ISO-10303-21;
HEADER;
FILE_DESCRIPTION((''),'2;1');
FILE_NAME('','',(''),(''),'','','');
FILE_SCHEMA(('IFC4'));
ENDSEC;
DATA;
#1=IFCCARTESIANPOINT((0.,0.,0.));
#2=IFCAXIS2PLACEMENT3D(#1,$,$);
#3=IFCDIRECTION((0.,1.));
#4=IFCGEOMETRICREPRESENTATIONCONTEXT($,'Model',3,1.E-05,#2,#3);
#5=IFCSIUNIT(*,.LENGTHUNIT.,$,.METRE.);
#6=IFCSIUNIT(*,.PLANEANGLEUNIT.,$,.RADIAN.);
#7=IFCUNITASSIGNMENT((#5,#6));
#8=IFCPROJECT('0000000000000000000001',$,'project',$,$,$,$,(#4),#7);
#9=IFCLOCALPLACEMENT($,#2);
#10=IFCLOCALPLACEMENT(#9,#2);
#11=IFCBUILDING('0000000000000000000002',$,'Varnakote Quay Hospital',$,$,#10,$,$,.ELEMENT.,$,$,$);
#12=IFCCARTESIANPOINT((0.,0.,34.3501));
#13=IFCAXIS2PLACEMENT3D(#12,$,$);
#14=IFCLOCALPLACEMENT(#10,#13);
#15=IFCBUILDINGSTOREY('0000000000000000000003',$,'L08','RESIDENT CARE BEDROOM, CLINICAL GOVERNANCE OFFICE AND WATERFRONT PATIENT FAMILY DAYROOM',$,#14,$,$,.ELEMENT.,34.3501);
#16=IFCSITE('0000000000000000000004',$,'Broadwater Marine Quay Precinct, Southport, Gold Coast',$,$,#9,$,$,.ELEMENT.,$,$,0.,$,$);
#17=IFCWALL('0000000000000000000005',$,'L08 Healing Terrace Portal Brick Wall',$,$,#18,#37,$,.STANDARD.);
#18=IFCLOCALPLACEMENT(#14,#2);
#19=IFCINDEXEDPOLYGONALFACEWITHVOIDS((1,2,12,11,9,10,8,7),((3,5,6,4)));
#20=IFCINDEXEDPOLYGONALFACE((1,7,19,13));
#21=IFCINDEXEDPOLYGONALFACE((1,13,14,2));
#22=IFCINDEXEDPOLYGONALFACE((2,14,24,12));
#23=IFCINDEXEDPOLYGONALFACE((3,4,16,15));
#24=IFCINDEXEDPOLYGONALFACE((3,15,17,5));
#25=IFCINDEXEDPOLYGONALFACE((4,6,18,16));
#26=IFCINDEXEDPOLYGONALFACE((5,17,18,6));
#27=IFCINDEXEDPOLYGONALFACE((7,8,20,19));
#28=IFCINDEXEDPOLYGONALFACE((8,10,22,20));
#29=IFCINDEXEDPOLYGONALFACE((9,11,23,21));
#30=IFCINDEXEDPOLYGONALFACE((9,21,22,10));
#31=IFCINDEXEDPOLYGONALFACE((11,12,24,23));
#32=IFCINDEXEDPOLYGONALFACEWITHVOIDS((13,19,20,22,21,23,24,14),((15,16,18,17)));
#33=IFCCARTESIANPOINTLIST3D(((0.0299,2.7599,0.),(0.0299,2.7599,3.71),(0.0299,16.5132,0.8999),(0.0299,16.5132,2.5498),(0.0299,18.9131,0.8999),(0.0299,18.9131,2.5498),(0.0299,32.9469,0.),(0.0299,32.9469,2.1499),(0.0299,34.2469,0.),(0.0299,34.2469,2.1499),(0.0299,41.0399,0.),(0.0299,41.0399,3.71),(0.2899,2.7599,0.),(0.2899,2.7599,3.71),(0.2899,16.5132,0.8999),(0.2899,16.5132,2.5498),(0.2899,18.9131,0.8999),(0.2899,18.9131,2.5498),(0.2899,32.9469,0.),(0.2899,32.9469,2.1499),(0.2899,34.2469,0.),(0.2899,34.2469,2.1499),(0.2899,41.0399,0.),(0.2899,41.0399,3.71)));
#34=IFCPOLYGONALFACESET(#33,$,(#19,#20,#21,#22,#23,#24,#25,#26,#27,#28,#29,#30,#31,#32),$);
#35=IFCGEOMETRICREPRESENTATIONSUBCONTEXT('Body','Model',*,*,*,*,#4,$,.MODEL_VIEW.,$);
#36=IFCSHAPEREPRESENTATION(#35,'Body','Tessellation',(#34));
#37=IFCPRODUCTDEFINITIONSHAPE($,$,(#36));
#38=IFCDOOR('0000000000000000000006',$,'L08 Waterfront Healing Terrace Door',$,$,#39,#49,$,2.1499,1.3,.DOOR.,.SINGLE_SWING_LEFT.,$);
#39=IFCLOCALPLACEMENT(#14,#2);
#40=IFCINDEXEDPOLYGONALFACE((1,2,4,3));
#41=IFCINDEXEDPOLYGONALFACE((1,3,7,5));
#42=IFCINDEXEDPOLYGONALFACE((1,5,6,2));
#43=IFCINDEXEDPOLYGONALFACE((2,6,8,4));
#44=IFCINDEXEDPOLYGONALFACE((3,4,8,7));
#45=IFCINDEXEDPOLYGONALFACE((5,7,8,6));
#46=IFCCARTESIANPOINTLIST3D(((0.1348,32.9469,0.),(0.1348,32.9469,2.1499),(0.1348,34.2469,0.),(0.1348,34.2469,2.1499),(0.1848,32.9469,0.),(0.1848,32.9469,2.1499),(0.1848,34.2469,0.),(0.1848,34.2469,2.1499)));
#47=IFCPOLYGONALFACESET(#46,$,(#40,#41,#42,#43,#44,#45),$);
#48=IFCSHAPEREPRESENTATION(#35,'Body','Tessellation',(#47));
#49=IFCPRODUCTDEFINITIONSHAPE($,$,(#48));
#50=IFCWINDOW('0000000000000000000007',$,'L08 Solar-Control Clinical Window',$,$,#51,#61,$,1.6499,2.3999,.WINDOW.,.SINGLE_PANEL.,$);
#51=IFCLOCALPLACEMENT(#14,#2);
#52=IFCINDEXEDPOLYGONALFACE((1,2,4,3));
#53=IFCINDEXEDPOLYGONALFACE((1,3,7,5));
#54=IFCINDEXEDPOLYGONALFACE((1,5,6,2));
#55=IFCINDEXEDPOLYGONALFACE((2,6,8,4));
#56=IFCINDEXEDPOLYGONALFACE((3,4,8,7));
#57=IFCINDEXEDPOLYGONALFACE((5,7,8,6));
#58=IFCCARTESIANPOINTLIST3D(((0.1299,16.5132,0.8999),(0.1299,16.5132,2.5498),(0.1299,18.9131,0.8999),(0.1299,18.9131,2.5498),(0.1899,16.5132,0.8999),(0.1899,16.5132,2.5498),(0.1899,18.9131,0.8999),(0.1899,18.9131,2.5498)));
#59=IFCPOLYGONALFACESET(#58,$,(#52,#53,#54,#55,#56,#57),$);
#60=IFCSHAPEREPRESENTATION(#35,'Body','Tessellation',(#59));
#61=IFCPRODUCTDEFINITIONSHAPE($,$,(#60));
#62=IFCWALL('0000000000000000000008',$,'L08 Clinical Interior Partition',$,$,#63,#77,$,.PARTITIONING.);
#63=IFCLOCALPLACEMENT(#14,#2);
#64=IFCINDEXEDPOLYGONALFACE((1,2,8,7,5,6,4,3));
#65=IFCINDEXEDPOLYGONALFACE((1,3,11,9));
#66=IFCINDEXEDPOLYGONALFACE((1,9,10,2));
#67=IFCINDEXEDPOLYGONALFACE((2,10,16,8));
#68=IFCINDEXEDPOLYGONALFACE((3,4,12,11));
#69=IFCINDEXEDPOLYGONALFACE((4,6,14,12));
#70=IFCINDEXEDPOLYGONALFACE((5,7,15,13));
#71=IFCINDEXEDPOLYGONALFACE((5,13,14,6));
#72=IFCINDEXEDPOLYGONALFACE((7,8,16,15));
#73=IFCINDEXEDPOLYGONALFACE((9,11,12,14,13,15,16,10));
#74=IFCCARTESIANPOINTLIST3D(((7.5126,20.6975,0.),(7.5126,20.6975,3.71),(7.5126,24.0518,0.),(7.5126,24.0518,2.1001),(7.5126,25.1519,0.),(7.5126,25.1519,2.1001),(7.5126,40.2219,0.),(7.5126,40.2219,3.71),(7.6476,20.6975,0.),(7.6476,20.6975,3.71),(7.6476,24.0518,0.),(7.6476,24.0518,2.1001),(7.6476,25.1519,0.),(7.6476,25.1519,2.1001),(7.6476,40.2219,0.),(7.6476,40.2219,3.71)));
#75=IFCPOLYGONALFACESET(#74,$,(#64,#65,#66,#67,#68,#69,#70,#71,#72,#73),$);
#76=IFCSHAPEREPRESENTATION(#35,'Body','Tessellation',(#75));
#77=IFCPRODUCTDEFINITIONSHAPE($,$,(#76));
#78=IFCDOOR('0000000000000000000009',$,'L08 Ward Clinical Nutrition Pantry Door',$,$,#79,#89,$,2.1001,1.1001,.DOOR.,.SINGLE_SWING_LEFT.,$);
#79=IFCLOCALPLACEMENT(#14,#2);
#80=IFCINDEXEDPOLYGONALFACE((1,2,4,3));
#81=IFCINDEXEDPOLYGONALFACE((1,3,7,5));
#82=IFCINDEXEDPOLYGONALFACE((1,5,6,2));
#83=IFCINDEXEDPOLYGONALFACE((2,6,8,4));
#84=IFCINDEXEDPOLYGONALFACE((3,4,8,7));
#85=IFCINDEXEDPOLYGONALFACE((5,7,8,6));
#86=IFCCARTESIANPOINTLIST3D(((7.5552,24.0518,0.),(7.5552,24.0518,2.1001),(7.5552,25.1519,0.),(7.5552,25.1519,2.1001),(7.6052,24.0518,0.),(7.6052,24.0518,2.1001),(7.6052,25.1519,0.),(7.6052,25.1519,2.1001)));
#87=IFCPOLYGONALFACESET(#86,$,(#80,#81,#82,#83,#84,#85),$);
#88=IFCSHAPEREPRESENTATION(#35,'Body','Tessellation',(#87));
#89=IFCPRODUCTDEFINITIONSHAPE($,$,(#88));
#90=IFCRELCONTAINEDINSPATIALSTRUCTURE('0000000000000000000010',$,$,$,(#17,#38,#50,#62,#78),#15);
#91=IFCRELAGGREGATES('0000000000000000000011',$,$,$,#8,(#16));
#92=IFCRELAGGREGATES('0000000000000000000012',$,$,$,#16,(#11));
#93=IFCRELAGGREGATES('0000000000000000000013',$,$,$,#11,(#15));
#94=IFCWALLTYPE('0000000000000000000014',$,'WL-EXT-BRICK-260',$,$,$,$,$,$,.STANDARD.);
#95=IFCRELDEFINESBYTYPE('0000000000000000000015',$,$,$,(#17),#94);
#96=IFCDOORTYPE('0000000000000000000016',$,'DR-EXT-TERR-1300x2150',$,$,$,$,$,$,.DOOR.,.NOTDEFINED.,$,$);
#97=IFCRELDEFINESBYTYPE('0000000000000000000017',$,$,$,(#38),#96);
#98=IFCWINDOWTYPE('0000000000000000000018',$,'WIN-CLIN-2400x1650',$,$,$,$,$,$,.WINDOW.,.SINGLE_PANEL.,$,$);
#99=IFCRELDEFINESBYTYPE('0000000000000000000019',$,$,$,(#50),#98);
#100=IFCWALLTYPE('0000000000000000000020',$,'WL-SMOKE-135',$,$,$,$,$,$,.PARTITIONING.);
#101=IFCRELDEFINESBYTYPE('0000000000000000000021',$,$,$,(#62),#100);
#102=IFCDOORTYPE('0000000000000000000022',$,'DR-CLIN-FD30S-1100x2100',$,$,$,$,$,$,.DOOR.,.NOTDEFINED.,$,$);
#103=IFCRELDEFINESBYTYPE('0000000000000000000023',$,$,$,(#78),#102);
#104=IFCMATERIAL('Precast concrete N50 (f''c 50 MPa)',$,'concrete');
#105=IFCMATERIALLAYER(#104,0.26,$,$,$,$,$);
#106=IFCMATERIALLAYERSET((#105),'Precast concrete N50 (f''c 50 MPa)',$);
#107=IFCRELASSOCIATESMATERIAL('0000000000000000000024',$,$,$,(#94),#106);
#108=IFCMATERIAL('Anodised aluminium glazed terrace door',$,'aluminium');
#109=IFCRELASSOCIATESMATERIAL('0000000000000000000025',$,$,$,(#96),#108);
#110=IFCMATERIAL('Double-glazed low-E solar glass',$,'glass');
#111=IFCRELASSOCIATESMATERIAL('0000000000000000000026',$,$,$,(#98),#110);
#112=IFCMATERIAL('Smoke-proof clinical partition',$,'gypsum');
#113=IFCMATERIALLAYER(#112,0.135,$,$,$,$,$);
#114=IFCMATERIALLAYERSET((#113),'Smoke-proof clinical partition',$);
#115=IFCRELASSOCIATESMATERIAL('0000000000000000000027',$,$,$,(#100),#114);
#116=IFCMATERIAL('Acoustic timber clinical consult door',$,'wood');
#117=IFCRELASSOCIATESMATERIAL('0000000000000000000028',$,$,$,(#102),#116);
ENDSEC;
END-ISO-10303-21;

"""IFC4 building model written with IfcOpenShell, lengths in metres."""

from ifc_helpers import new_model, si_unit, direction, frame, frame_2d, origin, place, context, subcontext, project, spatial, rectangle, extrude, material, layer, layer_set, type_object, element, fill, save


model = new_model("IFC4")

# Units and contexts
model_context = context("Model", 3, precision=1e-05, world=origin(), true_north=direction((0.0, 1.0)))
body_context = subcontext(model_context, "Body", "Model", "MODEL_VIEW")
ifc_project = project(units=[si_unit("LENGTHUNIT", "METRE"), si_unit("PLANEANGLEUNIT", "RADIAN")], contexts=[model_context])

# Site, building, storey
site_placement = place(None, origin())
site = spatial("IfcSite", under=ifc_project, at=site_placement, Name="Broadwater Marine Quay Precinct, Southport, Gold Coast", CompositionType="ELEMENT", RefElevation=0.0)
building_placement = place(site_placement, origin())
building = spatial("IfcBuilding", under=site, at=building_placement, Name="Varnakote Quay Hospital", CompositionType="ELEMENT")
storey_placement = place(building_placement, frame((0.0, 0.0, 34.3501)))
storey = spatial("IfcBuildingStorey", under=building, at=storey_placement, Name="L08", Description="RESIDENT CARE BEDROOM, CLINICAL GOVERNANCE OFFICE AND WATERFRONT PATIENT FAMILY DAYROOM", CompositionType="ELEMENT", Elevation=34.3501)

# Shared definitions
ifc_material_1 = material(Name="Precast concrete N50 (f'c 50 MPa)", Category="concrete")
ifc_layer_1 = layer(ifc_material_1, 0.26)
ifc_layer_set_1 = layer_set([ifc_layer_1], Name="Precast concrete N50 (f'c 50 MPa)")
wall_type_1 = type_object("IfcWallType", Name="WL-EXT-BRICK-260", PredefinedType="STANDARD", material=ifc_layer_set_1)

# Wall, openings, door, window
wall_1_placement = place(storey_placement, frame((0.1599, 41.04, 0.0), z_axis=(0.0, 0.0, 1.0), x_axis=(0.0, -1.0, 0.0)))
wall_1 = element("IfcWall", 1, at=wall_1_placement, inside=storey, type_object=wall_type_1, Name="L08 Healing Terrace Portal Brick Wall", PredefinedType="STANDARD", context=body_context, shape_type="SweptSolid", body=[
    extrude(rectangle(XDim=38.28, YDim=0.26, at=frame_2d((19.1401, 0.0))), origin(), (0.0, 0.0, 1.0), 3.71),
])
opening_1_placement = place(wall_1_placement, frame((6.7932, 0.0, 0.0)))
opening_1 = element("IfcOpeningElement", 2, at=opening_1_placement, cuts=wall_1, PredefinedType="OPENING", context=body_context, shape_type="SweptSolid", body=[
    extrude(rectangle(XDim=1.3, YDim=2.1499, at=frame_2d((0.6499, 1.075))), frame((0.0, 0.1399, 0.0), z_axis=(0.0, -1.0, 0.0), x_axis=(1.0, 0.0, 0.0)), (0.0, 0.0, 1.0), 0.28),
])
opening_2_placement = place(wall_1_placement, frame((22.127, 0.0, 0.8999)))
opening_2 = element("IfcOpeningElement", 3, at=opening_2_placement, cuts=wall_1, PredefinedType="OPENING", context=body_context, shape_type="SweptSolid", body=[
    extrude(rectangle(XDim=2.3999, YDim=1.6499, at=frame_2d((1.2, 0.825))), frame((0.0, 0.1399, 0.0), z_axis=(0.0, -1.0, 0.0), x_axis=(1.0, 0.0, 0.0)), (0.0, 0.0, 1.0), 0.28),
])
ifc_material_2 = material(Name="Anodised aluminium glazed terrace door", Category="aluminium")
door_type_1 = type_object("IfcDoorType", Name="DR-EXT-TERR-1300x2150", OperationType="NOTDEFINED", PredefinedType="DOOR", material=ifc_material_2)
door_1_placement = place(opening_1_placement, origin())
door_1 = element("IfcDoor", 4, at=door_1_placement, inside=storey, type_object=door_type_1, Name="L08 Waterfront Healing Terrace Door", OperationType="SINGLE_SWING_LEFT", OverallHeight=2.1499, OverallWidth=1.3, PredefinedType="DOOR", context=body_context, shape_type="SweptSolid", body=[
    extrude(rectangle(XDim=1.3, YDim=2.1499, at=frame_2d((0.6499, 1.075))), frame((0.0, 0.0249, 0.0), z_axis=(0.0, -1.0, 0.0), x_axis=(1.0, 0.0, 0.0)), (0.0, 0.0, 1.0), 0.05),
])
fill(opening_1, door_1)
ifc_material_3 = material(Name="Double-glazed low-E solar glass", Category="glass")
window_type = type_object("IfcWindowType", Name="WIN-CLIN-2400x1650", PartitioningType="SINGLE_PANEL", PredefinedType="WINDOW", material=ifc_material_3)
window_placement = place(opening_2_placement, origin())
window = element("IfcWindow", 5, at=window_placement, inside=storey, type_object=window_type, Name="L08 Solar-Control Clinical Window", OverallHeight=1.6499, OverallWidth=2.3999, PartitioningType="SINGLE_PANEL", PredefinedType="WINDOW", context=body_context, shape_type="SweptSolid", body=[
    extrude(rectangle(XDim=2.3999, YDim=1.6499, at=frame_2d((1.2, 0.825))), frame((0.0, 0.03, 0.0), z_axis=(0.0, -1.0, 0.0), x_axis=(1.0, 0.0, 0.0)), (0.0, 0.0, 1.0), 0.0601),
])
fill(opening_2, window)

# Wall, opening, door
ifc_material_4 = material(Name="Smoke-proof clinical partition", Category="gypsum")
ifc_layer_2 = layer(ifc_material_4, 0.135)
ifc_layer_set_2 = layer_set([ifc_layer_2], Name="Smoke-proof clinical partition")
wall_type_2 = type_object("IfcWallType", Name="WL-SMOKE-135", PredefinedType="PARTITIONING", material=ifc_layer_set_2)
wall_2_placement = place(storey_placement, frame((7.5801, 20.6975, 0.0), z_axis=(0.0, 0.0, 1.0), x_axis=(0.0, 1.0, 0.0)))
wall_2 = element("IfcWall", 6, at=wall_2_placement, inside=storey, type_object=wall_type_2, Name="L08 Clinical Interior Partition", PredefinedType="PARTITIONING", context=body_context, shape_type="SweptSolid", body=[
    extrude(rectangle(XDim=19.5244, YDim=0.135, at=frame_2d((9.7622, 0.0))), origin(), (0.0, 0.0, 1.0), 3.71),
])
opening_3_placement = place(wall_2_placement, frame((3.3542, 0.0, 0.0)))
opening_3 = element("IfcOpeningElement", 7, at=opening_3_placement, cuts=wall_2, PredefinedType="OPENING", context=body_context, shape_type="SweptSolid", body=[
    extrude(rectangle(XDim=1.1001, YDim=2.1001, at=frame_2d((0.55, 1.05))), frame((0.0, 0.0774, 0.0), z_axis=(0.0, -1.0, 0.0), x_axis=(1.0, 0.0, 0.0)), (0.0, 0.0, 1.0), 0.155),
])
ifc_material_5 = material(Name="Acoustic timber clinical consult door", Category="wood")
door_type_2 = type_object("IfcDoorType", Name="DR-CLIN-FD30S-1100x2100", OperationType="NOTDEFINED", PredefinedType="DOOR", material=ifc_material_5)
door_2_placement = place(opening_3_placement, origin())
door_2 = element("IfcDoor", 8, at=door_2_placement, inside=storey, type_object=door_type_2, Name="L08 Ward Clinical Nutrition Pantry Door", OperationType="SINGLE_SWING_LEFT", OverallHeight=2.1001, OverallWidth=1.1001, PredefinedType="DOOR", context=body_context, shape_type="SweptSolid", body=[
    extrude(rectangle(XDim=1.1001, YDim=2.1001, at=frame_2d((0.55, 1.05))), frame((0.0, 0.0249, 0.0), z_axis=(0.0, -1.0, 0.0), x_axis=(1.0, 0.0, 0.0)), (0.0, 0.0, 1.0), 0.05),
])
fill(opening_3, door_2)

save(model, "model.ifc")
